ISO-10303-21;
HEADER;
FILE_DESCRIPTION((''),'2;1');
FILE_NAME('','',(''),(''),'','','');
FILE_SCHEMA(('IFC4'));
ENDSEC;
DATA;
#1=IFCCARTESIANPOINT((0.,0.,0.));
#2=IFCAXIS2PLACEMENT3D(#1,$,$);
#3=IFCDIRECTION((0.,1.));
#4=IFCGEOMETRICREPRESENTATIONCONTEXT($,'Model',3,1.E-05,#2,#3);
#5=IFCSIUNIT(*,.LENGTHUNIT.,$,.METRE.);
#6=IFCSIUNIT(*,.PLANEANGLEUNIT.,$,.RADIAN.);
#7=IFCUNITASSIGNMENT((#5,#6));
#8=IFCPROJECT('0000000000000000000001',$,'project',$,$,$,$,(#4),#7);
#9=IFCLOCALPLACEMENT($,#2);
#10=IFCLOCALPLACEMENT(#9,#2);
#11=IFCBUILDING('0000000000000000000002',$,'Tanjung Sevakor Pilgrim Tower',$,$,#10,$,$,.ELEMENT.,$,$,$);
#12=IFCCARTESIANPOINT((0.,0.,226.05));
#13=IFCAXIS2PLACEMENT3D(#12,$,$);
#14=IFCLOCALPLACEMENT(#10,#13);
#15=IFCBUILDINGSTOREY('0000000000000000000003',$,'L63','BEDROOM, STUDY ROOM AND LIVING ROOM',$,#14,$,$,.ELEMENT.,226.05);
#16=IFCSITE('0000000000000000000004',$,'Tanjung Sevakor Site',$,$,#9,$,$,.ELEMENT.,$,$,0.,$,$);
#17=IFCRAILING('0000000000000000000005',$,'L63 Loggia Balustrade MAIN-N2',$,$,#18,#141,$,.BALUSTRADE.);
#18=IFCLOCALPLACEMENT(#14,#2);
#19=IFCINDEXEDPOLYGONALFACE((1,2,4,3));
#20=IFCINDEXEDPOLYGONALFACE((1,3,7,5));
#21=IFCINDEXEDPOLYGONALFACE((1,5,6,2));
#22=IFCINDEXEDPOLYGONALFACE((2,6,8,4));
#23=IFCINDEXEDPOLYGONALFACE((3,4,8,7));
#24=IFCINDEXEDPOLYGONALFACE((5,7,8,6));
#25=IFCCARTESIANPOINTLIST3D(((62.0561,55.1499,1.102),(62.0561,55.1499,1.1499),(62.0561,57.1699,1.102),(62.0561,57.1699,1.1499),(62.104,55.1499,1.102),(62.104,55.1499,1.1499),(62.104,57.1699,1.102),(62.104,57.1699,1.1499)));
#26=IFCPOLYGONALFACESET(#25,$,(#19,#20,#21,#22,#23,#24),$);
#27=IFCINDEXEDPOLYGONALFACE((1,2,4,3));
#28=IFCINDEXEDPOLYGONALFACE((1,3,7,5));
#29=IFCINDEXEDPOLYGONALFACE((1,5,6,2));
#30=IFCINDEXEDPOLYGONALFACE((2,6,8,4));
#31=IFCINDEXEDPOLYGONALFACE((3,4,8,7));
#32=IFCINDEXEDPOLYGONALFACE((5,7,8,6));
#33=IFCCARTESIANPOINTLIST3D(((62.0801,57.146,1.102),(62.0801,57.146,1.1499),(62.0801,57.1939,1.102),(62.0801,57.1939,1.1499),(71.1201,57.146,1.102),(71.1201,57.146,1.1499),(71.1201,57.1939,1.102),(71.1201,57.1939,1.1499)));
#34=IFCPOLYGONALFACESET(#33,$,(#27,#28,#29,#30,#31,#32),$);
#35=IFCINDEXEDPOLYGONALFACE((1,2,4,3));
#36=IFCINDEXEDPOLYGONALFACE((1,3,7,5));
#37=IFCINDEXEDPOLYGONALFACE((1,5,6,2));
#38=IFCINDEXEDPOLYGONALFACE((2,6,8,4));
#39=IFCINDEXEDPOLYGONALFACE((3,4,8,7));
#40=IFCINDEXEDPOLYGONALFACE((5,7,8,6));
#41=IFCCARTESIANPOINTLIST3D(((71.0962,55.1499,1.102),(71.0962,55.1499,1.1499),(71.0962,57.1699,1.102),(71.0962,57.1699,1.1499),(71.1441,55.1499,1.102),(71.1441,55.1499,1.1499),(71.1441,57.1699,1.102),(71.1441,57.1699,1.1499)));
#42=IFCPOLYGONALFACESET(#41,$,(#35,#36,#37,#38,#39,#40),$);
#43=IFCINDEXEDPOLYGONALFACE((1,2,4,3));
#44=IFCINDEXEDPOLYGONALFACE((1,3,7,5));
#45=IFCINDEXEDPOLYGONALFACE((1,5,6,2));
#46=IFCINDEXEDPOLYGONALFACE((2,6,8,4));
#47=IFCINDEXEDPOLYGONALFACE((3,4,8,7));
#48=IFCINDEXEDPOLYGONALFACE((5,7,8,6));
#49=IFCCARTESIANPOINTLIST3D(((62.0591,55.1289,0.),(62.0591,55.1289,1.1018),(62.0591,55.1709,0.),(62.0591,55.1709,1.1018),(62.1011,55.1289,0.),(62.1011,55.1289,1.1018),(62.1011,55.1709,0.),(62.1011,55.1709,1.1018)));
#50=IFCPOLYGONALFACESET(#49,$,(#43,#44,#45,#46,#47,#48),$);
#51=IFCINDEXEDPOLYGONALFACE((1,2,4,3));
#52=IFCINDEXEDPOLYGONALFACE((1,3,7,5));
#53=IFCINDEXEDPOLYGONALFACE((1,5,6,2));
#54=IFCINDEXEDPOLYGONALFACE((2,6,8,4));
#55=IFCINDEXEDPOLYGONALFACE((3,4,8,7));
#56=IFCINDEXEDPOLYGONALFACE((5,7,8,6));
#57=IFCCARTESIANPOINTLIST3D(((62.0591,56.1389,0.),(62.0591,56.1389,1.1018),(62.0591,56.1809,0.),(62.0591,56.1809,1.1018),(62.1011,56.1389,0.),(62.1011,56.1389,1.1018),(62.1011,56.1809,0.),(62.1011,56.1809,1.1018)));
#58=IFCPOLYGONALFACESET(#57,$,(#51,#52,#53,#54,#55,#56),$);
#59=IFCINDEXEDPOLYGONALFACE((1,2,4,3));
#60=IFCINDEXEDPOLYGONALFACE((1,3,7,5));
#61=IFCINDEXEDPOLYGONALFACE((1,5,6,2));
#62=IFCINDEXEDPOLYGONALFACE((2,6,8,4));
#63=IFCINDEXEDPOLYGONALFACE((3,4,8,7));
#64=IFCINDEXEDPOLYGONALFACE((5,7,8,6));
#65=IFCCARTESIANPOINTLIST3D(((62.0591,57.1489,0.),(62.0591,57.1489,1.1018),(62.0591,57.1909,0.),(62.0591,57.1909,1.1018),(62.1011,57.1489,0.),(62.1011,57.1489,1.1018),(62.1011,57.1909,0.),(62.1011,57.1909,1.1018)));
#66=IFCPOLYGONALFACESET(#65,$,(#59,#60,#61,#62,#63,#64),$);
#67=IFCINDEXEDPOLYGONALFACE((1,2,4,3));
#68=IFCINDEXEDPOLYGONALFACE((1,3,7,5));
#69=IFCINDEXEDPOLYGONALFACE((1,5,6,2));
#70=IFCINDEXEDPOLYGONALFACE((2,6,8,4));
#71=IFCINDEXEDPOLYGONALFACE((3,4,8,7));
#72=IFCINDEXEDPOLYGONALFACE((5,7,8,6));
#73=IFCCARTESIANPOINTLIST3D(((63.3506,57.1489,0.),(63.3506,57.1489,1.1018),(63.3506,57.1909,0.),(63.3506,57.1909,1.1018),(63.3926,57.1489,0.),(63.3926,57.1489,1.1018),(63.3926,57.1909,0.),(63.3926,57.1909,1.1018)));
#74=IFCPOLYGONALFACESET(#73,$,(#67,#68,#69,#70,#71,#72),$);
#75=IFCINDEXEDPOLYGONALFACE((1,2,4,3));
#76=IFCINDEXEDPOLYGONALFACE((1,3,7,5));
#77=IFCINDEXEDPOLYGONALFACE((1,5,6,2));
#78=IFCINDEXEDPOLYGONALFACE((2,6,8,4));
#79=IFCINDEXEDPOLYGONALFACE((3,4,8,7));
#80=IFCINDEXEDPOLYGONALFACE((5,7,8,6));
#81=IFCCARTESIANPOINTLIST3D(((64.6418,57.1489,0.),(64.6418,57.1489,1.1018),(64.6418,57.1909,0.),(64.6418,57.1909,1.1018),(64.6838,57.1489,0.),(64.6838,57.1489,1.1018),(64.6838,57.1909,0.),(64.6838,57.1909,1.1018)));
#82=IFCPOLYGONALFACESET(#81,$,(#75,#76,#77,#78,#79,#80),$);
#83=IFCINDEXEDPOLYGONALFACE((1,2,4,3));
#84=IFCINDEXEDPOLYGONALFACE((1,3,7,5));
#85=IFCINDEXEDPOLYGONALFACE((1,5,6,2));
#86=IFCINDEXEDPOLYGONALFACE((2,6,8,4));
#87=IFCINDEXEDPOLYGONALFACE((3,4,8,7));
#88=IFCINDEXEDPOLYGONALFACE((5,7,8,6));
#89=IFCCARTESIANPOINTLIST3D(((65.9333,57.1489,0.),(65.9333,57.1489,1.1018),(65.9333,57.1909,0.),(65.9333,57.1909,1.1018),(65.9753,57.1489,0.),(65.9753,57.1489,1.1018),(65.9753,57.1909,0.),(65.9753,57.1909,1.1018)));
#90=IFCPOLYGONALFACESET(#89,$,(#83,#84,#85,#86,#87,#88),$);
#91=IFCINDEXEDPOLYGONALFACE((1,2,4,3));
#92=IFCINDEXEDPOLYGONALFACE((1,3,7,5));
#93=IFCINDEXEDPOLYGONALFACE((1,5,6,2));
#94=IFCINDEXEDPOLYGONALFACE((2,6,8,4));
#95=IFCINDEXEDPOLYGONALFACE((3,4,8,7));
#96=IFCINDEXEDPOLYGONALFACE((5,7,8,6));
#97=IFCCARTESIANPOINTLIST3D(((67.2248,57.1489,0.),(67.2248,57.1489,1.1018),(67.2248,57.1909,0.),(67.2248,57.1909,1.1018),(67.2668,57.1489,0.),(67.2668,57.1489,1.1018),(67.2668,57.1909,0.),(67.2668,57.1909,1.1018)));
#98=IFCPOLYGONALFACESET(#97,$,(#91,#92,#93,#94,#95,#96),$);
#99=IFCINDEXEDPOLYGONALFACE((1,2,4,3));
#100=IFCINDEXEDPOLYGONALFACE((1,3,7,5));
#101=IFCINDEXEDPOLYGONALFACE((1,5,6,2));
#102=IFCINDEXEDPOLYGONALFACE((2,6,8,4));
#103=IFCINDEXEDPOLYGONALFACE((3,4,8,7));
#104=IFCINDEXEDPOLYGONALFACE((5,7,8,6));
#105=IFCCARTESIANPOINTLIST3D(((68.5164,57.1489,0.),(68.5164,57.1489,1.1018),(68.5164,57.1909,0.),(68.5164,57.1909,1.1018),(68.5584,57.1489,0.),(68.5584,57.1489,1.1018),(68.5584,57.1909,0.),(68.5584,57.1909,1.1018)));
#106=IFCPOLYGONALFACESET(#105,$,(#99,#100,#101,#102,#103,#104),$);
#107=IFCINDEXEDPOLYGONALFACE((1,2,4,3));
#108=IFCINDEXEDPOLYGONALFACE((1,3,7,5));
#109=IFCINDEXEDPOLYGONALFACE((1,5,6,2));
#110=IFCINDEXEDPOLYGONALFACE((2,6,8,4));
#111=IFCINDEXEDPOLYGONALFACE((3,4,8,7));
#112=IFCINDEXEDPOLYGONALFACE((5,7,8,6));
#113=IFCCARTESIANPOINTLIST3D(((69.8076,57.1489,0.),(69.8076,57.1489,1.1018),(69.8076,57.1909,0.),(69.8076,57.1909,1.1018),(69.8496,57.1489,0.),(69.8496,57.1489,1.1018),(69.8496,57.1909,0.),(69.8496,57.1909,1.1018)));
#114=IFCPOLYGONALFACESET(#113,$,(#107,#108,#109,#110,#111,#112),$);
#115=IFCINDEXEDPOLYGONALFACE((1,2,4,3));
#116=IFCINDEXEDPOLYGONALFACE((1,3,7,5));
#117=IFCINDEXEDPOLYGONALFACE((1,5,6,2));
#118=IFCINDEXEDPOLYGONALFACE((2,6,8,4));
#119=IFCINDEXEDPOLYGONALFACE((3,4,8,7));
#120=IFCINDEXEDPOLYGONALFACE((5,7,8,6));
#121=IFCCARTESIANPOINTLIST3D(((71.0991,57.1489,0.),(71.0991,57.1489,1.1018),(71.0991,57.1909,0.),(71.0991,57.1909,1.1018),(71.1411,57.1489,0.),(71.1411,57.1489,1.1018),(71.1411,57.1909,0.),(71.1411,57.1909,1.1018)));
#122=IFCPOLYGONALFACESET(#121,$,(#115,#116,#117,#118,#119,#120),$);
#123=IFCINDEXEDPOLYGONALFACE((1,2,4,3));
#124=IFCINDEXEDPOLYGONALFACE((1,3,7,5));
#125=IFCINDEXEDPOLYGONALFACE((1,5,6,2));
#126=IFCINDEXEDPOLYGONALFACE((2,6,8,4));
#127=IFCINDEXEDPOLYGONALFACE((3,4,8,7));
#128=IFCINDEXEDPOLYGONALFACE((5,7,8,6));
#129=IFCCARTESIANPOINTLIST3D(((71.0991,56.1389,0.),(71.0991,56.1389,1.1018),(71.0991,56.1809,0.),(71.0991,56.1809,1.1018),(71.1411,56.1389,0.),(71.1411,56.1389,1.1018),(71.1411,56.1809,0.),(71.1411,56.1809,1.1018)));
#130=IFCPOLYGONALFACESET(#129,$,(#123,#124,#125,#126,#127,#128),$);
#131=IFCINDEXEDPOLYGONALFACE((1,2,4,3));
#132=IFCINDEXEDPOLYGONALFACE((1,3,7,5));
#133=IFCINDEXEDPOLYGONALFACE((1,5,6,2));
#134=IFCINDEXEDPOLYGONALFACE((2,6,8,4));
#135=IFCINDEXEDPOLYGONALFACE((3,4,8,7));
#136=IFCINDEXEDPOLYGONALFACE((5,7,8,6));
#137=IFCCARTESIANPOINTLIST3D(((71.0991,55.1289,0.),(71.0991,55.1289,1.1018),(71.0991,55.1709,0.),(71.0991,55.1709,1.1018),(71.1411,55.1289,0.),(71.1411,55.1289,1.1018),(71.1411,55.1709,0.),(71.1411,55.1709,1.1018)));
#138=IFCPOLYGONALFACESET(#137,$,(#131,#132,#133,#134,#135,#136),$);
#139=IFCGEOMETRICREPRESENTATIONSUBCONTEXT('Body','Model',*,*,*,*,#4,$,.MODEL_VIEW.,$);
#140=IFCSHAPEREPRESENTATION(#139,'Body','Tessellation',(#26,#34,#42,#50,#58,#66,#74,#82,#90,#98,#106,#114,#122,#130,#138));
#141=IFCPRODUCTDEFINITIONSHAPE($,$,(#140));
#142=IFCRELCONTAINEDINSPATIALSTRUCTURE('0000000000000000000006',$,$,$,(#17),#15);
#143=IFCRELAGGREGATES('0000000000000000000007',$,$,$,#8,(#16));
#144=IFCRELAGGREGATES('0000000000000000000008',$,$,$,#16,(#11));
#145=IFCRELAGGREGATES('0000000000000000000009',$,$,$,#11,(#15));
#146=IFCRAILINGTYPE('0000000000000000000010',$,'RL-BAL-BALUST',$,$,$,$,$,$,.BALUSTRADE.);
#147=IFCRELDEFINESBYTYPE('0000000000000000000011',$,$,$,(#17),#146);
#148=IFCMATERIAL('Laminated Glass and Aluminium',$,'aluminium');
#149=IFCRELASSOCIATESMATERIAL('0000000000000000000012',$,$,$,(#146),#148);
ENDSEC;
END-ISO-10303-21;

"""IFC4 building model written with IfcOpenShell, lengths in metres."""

from ifc_helpers import new_model, si_unit, direction, frame, origin, place, context, subcontext, project, spatial, rectangle, extrude, material, type_object, element, save


model = new_model("IFC4")

# Units and contexts
model_context = context("Model", 3, precision=1e-05, world=origin(), true_north=direction((0.0, 1.0)))
body_context = subcontext(model_context, "Body", "Model", "MODEL_VIEW")
ifc_project = project(units=[si_unit("LENGTHUNIT", "METRE"), si_unit("PLANEANGLEUNIT", "RADIAN")], contexts=[model_context])

# Site, building, storey
site_placement = place(None, origin())
site = spatial("IfcSite", under=ifc_project, at=site_placement, Name="Tanjung Sevakor Site", CompositionType="ELEMENT", RefElevation=0.0)
building_placement = place(site_placement, origin())
building = spatial("IfcBuilding", under=site, at=building_placement, Name="Tanjung Sevakor Pilgrim Tower", CompositionType="ELEMENT")
storey_placement = place(building_placement, frame((0.0, 0.0, 226.05)))
storey = spatial("IfcBuildingStorey", under=building, at=storey_placement, Name="L63", Description="BEDROOM, STUDY ROOM AND LIVING ROOM", CompositionType="ELEMENT", Elevation=226.05)

# Railing
ifc_material_1 = material(Name="Laminated Glass and Aluminium", Category="aluminium")
railing_type = type_object("IfcRailingType", Name="RL-BAL-BALUST", PredefinedType="BALUSTRADE", material=ifc_material_1)
railing_1_placement = place(storey_placement, frame((62.0801, 55.1499, 0.0)))
element("IfcRailing", 1, at=railing_1_placement, inside=storey, type_object=railing_type, Name="L63 Loggia Balustrade MAIN-N2", PredefinedType="BALUSTRADE", context=body_context, shape_type="SweptSolid", body=[
    extrude(rectangle(XDim=0.0479, YDim=0.0479), frame((0.0, 0.0, 1.126), z_axis=(0.0, 1.0, 0.0), x_axis=(-1.0, 0.0, 0.0)), (0.0, 0.0, 1.0), 2.02),
    extrude(rectangle(XDim=0.0479, YDim=0.0479), frame((0.0, 2.02, 1.126), z_axis=(1.0, 0.0, 0.0), x_axis=(0.0, 1.0, 0.0)), (0.0, 0.0, 1.0), 9.04),
    extrude(rectangle(XDim=0.0479, YDim=0.0479), frame((9.04, 2.02, 1.126), z_axis=(0.0, -1.0, 0.0), x_axis=(1.0, 0.0, 0.0)), (0.0, 0.0, 1.0), 2.02),
    extrude(rectangle(XDim=0.042, YDim=0.042), origin(), (0.0, 0.0, 1.0), 1.1018),
    extrude(rectangle(XDim=0.042, YDim=0.042), frame((0.0, 1.01, 0.0)), (0.0, 0.0, 1.0), 1.1018),
    extrude(rectangle(XDim=0.042, YDim=0.042), frame((0.0, 2.02, 0.0)), (0.0, 0.0, 1.0), 1.1018),
    extrude(rectangle(XDim=0.042, YDim=0.042), frame((1.2915, 2.02, 0.0)), (0.0, 0.0, 1.0), 1.1018),
    extrude(rectangle(XDim=0.042, YDim=0.042), frame((2.5828, 2.02, 0.0)), (0.0, 0.0, 1.0), 1.1018),
    extrude(rectangle(XDim=0.042, YDim=0.042), frame((3.8743, 2.02, 0.0)), (0.0, 0.0, 1.0), 1.1018),
    extrude(rectangle(XDim=0.042, YDim=0.042), frame((5.1658, 2.02, 0.0)), (0.0, 0.0, 1.0), 1.1018),
    extrude(rectangle(XDim=0.042, YDim=0.042), frame((6.4573, 2.02, 0.0)), (0.0, 0.0, 1.0), 1.1018),
    extrude(rectangle(XDim=0.042, YDim=0.042), frame((7.7485, 2.02, 0.0)), (0.0, 0.0, 1.0), 1.1018),
    extrude(rectangle(XDim=0.042, YDim=0.042), frame((9.04, 2.02, 0.0)), (0.0, 0.0, 1.0), 1.1018),
    extrude(rectangle(XDim=0.042, YDim=0.042), frame((9.04, 1.01, 0.0)), (0.0, 0.0, 1.0), 1.1018),
    extrude(rectangle(XDim=0.042, YDim=0.042), frame((9.04, 0.0, 0.0)), (0.0, 0.0, 1.0), 1.1018),
])

save(model, "model.ifc")
